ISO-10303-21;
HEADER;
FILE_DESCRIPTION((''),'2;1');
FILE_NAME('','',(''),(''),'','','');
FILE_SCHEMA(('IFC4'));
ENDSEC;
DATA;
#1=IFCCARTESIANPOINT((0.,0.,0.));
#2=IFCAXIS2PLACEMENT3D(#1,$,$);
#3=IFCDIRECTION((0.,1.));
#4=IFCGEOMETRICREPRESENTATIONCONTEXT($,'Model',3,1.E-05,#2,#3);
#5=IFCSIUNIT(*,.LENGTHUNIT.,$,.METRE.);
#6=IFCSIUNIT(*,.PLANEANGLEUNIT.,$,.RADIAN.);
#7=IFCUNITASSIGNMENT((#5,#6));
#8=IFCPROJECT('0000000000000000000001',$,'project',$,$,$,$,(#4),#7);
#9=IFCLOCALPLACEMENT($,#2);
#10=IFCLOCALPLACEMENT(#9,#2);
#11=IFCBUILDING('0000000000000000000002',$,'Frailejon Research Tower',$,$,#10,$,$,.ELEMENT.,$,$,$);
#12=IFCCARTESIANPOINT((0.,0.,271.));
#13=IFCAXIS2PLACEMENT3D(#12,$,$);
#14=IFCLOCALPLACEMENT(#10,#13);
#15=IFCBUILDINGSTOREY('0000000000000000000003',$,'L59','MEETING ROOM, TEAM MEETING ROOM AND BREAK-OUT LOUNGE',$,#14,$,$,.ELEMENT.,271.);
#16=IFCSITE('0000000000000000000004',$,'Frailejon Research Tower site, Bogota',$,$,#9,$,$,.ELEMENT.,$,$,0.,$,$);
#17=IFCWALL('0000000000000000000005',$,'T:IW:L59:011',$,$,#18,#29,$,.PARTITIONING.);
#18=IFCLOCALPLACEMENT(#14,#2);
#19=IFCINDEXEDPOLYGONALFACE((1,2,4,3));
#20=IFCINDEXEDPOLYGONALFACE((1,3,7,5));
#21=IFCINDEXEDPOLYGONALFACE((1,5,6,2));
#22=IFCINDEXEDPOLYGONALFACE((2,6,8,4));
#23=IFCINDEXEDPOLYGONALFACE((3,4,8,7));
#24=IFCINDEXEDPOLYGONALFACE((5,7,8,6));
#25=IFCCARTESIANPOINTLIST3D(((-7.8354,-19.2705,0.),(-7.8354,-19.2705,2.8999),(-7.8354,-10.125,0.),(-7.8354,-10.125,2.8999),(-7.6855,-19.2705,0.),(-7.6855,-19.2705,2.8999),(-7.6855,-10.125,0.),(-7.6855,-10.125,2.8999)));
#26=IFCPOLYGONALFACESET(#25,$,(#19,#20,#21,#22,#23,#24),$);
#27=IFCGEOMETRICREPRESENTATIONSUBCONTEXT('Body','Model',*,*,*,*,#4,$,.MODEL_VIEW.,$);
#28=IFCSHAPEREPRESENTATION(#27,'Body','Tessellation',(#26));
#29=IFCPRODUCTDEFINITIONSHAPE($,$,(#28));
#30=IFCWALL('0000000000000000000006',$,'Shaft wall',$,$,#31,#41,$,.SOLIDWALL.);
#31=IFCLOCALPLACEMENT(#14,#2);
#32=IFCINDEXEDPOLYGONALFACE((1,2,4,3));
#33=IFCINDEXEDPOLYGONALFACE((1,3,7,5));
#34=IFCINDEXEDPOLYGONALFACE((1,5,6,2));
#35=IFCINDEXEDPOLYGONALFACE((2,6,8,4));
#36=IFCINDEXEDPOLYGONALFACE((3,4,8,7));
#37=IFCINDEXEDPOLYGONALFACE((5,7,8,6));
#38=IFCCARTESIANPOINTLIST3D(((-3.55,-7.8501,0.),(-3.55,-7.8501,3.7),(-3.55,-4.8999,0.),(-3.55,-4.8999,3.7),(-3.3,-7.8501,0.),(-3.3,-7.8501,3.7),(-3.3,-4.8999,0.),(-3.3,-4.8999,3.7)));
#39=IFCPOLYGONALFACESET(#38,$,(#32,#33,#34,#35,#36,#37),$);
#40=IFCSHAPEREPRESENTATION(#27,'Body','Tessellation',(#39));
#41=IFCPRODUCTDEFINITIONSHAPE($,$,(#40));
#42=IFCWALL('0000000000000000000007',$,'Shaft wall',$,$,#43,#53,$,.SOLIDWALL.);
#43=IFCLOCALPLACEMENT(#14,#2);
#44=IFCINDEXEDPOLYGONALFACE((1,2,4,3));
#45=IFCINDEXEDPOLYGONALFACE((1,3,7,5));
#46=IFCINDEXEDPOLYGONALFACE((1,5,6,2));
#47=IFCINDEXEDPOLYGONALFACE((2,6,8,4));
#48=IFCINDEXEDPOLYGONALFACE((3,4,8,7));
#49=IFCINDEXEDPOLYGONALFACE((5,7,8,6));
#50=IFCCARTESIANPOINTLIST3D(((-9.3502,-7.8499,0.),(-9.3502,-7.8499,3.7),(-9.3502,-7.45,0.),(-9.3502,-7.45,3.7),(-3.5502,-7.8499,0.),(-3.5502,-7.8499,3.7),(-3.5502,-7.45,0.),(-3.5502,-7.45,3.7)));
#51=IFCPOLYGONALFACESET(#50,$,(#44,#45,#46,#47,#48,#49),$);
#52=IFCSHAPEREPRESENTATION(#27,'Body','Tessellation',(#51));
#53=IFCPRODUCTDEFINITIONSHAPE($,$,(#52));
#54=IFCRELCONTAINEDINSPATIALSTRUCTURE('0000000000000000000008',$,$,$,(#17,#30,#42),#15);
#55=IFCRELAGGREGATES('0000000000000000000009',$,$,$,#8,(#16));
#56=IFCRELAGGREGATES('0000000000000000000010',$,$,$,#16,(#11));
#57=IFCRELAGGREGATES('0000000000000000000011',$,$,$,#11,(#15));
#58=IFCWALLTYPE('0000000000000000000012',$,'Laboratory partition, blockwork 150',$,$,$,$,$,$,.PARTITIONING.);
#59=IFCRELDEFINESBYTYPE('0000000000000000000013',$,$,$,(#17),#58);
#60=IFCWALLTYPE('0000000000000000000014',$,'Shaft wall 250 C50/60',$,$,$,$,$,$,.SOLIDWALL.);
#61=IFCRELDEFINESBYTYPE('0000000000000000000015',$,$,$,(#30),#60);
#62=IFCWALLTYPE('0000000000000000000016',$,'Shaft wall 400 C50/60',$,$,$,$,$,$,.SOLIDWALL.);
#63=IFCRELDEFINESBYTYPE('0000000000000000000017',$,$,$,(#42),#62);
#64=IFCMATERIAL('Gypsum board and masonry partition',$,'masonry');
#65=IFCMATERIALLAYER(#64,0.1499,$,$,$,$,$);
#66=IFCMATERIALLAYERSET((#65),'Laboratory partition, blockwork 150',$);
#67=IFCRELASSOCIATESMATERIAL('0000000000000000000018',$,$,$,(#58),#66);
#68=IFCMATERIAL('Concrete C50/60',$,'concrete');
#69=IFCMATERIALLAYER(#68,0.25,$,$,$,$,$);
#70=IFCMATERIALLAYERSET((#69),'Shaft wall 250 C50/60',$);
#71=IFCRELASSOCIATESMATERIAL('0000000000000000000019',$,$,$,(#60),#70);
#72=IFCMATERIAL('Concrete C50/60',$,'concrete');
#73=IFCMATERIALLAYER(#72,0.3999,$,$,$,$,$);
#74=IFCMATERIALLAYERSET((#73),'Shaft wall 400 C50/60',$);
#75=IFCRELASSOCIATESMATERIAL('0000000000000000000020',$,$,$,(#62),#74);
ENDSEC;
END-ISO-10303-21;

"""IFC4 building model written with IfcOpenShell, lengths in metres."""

from ifc_helpers import new_model, si_unit, direction, frame, frame_2d, origin, place, context, subcontext, project, spatial, rectangle, extrude, material, layer, layer_set, type_object, element, save


model = new_model("IFC4")

# Units and contexts
model_context = context("Model", 3, precision=1e-05, world=origin(), true_north=direction((0.0, 1.0)))
body_context = subcontext(model_context, "Body", "Model", "MODEL_VIEW")
ifc_project = project(units=[si_unit("LENGTHUNIT", "METRE"), si_unit("PLANEANGLEUNIT", "RADIAN")], contexts=[model_context])

# Site, building, storey
site_placement = place(None, origin())
site = spatial("IfcSite", under=ifc_project, at=site_placement, Name="Frailejon Research Tower site, Bogota", CompositionType="ELEMENT", RefElevation=0.0)
building_placement = place(site_placement, origin())
building = spatial("IfcBuilding", under=site, at=building_placement, Name="Frailejon Research Tower", CompositionType="ELEMENT")
storey_placement = place(building_placement, frame((0.0, 0.0, 271.0)))
storey = spatial("IfcBuildingStorey", under=building, at=storey_placement, Name="L59", Description="MEETING ROOM, TEAM MEETING ROOM AND BREAK-OUT LOUNGE", CompositionType="ELEMENT", Elevation=271.0)

# Walls
ifc_material_1 = material(Name="Gypsum board and masonry partition", Category="masonry")
ifc_layer_1 = layer(ifc_material_1, 0.1499)
ifc_layer_set_1 = layer_set([ifc_layer_1], Name="Laboratory partition, blockwork 150")
wall_type_1 = type_object("IfcWallType", Name="Laboratory partition, blockwork 150", PredefinedType="PARTITIONING", material=ifc_layer_set_1)
wall_1_placement = place(storey_placement, frame((-7.7605, -19.2705, 0.0), z_axis=(0.0, 0.0, 1.0), x_axis=(0.0, 1.0, 0.0)))
element("IfcWall", 1, at=wall_1_placement, inside=storey, type_object=wall_type_1, Name="T:IW:L59:011", PredefinedType="PARTITIONING", context=body_context, shape_type="SweptSolid", body=[
    extrude(rectangle(XDim=9.1455, YDim=0.1499, at=frame_2d((4.5728, 0.0))), origin(), (0.0, 0.0, 1.0), 2.8999),
])
ifc_material_2 = material(Name="Concrete C50/60", Category="concrete")
ifc_layer_2 = layer(ifc_material_2, 0.25)
ifc_layer_set_2 = layer_set([ifc_layer_2], Name="Shaft wall 250 C50/60")
wall_type_2 = type_object("IfcWallType", Name="Shaft wall 250 C50/60", PredefinedType="SOLIDWALL", material=ifc_layer_set_2)
wall_2_placement = place(storey_placement, frame((-3.425, -7.8501, 0.0), z_axis=(0.0, 0.0, 1.0), x_axis=(0.0, 1.0, 0.0)))
element("IfcWall", 2, at=wall_2_placement, inside=storey, type_object=wall_type_2, Name="Shaft wall", PredefinedType="SOLIDWALL", context=body_context, shape_type="SweptSolid", body=[
    extrude(rectangle(XDim=2.9502, YDim=0.25, at=frame_2d((1.4751, 0.0))), origin(), (0.0, 0.0, 1.0), 3.7),
])
ifc_material_3 = material(Name="Concrete C50/60", Category="concrete")
ifc_layer_3 = layer(ifc_material_3, 0.3999)
ifc_layer_set_3 = layer_set([ifc_layer_3], Name="Shaft wall 400 C50/60")
wall_type_3 = type_object("IfcWallType", Name="Shaft wall 400 C50/60", PredefinedType="SOLIDWALL", material=ifc_layer_set_3)
wall_3_placement = place(storey_placement, frame((-9.3501, -7.6499, 0.0), z_axis=(0.0, 0.0, 1.0), x_axis=(1.0, 0.0, 0.0)))
element("IfcWall", 3, at=wall_3_placement, inside=storey, type_object=wall_type_3, Name="Shaft wall", PredefinedType="SOLIDWALL", context=body_context, shape_type="SweptSolid", body=[
    extrude(rectangle(XDim=5.8, YDim=0.3999, at=frame_2d((2.8999, 0.0))), origin(), (0.0, 0.0, 1.0), 3.7),
])

save(model, "model.ifc")
